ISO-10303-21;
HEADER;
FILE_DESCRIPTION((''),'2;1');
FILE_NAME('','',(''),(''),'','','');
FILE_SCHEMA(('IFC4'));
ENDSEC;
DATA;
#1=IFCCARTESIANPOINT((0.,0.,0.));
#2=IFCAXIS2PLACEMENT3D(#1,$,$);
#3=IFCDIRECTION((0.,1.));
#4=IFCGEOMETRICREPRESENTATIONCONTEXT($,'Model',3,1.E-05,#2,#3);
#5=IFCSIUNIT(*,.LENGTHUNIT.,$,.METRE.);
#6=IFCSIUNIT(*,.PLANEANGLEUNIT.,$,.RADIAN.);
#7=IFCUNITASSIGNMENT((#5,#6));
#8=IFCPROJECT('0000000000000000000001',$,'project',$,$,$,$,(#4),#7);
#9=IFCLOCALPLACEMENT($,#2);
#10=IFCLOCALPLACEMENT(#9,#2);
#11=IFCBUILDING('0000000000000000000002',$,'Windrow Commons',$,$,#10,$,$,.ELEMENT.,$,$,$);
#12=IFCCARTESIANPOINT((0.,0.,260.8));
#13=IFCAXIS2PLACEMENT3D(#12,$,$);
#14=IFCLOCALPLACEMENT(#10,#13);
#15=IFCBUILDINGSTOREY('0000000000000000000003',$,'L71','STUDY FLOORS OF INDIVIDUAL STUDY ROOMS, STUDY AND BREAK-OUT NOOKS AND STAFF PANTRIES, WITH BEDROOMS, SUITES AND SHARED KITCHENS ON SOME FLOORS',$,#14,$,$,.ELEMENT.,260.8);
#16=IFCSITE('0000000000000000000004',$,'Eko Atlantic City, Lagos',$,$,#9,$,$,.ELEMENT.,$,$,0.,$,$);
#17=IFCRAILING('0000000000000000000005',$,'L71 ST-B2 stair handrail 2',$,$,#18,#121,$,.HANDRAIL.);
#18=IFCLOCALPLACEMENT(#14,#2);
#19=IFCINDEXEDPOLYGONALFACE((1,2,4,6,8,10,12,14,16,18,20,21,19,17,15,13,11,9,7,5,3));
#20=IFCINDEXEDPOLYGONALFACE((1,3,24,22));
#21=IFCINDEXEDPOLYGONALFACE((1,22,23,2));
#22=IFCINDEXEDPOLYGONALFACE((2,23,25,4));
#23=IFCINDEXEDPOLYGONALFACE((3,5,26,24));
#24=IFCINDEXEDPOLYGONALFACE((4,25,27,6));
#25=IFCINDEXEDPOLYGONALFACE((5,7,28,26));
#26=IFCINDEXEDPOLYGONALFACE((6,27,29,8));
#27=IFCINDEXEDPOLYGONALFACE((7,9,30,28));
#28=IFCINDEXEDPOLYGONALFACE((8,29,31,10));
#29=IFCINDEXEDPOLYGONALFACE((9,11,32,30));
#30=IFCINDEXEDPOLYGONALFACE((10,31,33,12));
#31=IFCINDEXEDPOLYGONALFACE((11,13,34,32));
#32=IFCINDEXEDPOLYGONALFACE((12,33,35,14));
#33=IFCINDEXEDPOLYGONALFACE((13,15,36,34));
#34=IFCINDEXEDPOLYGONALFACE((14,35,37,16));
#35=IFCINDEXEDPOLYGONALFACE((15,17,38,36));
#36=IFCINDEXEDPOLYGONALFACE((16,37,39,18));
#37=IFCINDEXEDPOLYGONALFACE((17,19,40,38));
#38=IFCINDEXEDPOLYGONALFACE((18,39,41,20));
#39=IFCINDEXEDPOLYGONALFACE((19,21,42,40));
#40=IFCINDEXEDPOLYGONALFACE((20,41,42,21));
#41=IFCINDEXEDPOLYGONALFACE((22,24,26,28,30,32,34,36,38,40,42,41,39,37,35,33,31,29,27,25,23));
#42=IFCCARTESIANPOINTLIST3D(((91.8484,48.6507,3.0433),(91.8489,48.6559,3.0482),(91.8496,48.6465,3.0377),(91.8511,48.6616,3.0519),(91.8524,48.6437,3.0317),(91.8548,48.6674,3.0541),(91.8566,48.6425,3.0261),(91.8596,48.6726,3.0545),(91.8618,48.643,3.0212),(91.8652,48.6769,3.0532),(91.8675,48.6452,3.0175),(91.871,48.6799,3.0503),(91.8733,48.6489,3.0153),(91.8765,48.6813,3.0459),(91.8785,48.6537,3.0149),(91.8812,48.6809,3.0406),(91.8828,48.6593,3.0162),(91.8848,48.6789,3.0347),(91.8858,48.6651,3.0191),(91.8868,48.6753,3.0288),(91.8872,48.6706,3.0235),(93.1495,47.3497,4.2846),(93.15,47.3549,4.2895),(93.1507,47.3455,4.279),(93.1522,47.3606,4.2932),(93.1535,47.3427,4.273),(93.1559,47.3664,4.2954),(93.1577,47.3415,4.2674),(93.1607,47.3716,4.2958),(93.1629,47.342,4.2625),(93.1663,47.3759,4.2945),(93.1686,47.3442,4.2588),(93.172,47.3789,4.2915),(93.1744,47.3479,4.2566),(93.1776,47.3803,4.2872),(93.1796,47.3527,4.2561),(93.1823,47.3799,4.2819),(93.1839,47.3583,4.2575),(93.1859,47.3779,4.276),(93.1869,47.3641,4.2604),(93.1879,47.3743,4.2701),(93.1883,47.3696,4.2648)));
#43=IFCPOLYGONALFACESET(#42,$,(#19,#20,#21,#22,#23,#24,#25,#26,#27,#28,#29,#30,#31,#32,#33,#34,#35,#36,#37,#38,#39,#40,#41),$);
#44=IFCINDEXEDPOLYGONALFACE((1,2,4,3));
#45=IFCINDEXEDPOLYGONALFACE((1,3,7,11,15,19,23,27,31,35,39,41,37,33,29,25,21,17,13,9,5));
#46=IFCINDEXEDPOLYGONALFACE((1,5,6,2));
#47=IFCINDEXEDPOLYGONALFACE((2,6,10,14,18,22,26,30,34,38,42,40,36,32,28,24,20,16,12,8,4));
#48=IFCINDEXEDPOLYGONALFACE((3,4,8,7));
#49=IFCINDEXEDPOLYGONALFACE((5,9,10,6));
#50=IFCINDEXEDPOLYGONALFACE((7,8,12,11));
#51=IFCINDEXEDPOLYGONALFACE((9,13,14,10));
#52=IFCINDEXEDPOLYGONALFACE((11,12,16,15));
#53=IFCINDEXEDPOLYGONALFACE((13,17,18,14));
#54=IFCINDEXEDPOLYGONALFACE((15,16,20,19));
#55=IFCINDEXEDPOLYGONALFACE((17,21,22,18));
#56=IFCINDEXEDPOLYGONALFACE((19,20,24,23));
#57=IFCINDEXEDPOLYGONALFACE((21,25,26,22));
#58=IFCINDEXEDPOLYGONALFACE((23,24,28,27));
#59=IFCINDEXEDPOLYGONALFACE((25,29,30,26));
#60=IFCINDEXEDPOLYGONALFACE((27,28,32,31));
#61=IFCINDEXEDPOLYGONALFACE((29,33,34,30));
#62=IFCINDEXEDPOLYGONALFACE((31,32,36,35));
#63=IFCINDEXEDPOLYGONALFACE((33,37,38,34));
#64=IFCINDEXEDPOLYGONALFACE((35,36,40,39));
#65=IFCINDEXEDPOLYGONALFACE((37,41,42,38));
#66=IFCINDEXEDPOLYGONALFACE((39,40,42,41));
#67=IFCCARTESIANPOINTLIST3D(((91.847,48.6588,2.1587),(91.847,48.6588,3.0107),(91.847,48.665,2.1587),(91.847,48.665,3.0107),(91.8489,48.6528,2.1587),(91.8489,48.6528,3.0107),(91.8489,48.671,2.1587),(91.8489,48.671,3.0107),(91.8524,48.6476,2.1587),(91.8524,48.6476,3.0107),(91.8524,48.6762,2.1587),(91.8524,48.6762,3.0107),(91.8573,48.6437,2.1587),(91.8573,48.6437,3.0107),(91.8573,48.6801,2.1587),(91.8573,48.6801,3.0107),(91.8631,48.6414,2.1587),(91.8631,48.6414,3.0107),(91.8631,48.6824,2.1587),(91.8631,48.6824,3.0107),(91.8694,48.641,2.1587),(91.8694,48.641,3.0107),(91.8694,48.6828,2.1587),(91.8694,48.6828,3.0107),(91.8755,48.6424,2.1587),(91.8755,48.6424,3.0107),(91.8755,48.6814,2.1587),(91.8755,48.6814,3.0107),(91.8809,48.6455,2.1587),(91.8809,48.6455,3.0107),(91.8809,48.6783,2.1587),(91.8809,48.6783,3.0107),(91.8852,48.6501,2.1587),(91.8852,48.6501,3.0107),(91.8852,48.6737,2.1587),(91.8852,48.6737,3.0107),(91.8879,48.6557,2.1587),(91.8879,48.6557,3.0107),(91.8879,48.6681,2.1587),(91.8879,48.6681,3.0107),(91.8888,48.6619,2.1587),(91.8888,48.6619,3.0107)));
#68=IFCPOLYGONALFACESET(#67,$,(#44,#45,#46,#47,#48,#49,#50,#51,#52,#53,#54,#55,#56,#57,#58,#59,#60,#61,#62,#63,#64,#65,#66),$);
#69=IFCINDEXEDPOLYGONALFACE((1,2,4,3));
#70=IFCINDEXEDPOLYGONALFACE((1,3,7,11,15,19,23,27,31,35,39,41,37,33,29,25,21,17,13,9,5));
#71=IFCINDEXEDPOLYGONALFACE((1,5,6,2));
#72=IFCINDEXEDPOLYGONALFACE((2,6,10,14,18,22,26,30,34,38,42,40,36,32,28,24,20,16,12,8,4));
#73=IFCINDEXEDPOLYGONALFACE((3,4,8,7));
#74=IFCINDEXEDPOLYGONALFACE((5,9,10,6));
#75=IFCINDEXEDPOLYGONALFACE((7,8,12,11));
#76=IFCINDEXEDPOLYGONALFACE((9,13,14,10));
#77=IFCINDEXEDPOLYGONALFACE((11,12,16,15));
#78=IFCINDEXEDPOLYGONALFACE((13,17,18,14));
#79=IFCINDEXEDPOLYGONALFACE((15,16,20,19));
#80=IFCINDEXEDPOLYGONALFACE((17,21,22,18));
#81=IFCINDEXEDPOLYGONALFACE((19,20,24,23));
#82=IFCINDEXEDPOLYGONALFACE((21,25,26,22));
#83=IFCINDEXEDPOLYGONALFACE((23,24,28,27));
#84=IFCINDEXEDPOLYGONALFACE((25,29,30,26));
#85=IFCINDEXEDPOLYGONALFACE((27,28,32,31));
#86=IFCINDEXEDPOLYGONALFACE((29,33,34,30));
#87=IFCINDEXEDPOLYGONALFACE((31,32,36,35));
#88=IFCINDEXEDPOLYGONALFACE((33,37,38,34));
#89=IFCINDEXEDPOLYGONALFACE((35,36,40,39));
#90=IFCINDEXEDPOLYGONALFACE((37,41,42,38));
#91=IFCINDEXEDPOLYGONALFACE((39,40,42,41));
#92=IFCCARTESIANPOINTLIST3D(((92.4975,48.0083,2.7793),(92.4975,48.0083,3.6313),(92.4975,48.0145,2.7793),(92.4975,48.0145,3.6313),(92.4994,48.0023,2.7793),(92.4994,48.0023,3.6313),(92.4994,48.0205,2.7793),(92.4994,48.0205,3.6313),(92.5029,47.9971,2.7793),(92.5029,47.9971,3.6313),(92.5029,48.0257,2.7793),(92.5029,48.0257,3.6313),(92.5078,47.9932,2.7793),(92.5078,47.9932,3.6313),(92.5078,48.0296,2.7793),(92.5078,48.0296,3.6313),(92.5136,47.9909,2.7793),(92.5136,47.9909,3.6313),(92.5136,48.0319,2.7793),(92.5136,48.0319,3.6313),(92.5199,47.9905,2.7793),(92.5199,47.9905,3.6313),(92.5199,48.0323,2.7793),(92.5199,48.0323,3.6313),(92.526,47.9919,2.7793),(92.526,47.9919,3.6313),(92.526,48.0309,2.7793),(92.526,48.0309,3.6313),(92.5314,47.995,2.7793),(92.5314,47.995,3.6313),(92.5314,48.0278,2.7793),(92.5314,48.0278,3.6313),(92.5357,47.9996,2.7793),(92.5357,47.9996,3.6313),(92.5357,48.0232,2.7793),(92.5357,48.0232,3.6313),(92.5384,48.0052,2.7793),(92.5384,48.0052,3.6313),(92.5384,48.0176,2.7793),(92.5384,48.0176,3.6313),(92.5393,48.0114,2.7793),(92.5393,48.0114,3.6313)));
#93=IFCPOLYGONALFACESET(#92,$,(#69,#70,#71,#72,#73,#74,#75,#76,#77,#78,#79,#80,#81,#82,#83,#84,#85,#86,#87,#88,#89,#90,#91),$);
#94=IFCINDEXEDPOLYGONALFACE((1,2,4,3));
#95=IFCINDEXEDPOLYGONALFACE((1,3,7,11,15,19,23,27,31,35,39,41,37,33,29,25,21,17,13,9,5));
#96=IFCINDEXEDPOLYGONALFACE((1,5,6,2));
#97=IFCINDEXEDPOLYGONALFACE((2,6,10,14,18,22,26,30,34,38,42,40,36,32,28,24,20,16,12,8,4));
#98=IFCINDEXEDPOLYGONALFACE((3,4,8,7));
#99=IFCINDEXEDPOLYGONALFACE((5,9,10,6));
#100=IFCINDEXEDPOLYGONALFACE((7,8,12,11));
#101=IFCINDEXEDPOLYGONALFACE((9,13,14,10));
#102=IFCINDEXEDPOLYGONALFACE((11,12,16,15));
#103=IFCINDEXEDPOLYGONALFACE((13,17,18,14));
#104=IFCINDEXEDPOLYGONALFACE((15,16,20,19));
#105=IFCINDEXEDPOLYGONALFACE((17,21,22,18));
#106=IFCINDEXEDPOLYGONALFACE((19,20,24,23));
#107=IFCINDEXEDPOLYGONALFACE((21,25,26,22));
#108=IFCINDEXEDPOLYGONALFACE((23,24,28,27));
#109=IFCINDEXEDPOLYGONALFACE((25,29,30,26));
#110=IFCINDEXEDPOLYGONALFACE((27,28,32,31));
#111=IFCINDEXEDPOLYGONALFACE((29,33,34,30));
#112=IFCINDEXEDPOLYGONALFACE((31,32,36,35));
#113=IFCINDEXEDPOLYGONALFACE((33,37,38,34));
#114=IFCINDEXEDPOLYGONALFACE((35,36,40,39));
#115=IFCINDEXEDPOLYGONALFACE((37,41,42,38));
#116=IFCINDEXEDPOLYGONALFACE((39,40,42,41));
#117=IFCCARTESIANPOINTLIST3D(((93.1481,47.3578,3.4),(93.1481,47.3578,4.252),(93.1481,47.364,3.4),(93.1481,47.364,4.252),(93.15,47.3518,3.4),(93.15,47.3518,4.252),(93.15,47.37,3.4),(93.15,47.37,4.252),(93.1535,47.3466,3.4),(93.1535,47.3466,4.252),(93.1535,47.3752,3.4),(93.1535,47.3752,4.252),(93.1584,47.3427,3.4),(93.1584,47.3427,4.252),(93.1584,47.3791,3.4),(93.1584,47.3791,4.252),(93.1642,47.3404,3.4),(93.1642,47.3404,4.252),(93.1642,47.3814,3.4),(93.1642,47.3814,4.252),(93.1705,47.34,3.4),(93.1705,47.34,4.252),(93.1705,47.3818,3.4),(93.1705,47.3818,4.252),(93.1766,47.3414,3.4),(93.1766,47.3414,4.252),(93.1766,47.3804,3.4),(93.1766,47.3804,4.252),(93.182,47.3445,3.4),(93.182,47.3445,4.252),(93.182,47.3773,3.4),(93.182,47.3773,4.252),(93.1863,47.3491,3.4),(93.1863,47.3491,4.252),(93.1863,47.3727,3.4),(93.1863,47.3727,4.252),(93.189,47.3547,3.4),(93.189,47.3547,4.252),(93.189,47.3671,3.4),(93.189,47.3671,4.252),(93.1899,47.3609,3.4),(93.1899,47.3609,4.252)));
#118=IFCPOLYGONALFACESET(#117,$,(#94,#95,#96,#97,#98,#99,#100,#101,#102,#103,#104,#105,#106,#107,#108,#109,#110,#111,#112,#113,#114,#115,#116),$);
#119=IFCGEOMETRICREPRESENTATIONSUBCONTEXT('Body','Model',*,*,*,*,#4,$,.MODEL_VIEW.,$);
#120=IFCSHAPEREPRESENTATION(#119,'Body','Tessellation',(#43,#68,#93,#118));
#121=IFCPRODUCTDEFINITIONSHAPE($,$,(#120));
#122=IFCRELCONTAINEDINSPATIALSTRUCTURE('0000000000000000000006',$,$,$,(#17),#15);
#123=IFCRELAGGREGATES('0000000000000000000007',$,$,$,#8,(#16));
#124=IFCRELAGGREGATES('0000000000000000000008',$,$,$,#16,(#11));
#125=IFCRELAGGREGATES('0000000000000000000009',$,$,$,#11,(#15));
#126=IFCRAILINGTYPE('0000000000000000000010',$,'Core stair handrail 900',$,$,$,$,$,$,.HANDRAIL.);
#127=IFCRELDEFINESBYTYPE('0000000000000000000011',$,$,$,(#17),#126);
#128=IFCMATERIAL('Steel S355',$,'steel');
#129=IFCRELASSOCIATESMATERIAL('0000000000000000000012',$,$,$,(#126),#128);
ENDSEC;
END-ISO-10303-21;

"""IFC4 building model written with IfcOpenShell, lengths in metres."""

from ifc_helpers import new_model, si_unit, direction, frame, origin, origin_2d, place, context, subcontext, project, spatial, circle, extrude, material, type_object, element, save


model = new_model("IFC4")

# Units and contexts
model_context = context("Model", 3, precision=1e-05, world=origin(), true_north=direction((0.0, 1.0)))
body_context = subcontext(model_context, "Body", "Model", "MODEL_VIEW")
ifc_project = project(units=[si_unit("LENGTHUNIT", "METRE"), si_unit("PLANEANGLEUNIT", "RADIAN")], contexts=[model_context])

# Site, building, storey
site_placement = place(None, origin())
site = spatial("IfcSite", under=ifc_project, at=site_placement, Name="Eko Atlantic City, Lagos", CompositionType="ELEMENT", RefElevation=0.0)
building_placement = place(site_placement, origin())
building = spatial("IfcBuilding", under=site, at=building_placement, Name="Windrow Commons", CompositionType="ELEMENT")
storey_placement = place(building_placement, frame((0.0, 0.0, 260.8)))
storey = spatial("IfcBuildingStorey", under=building, at=storey_placement, Name="L71", Description="STUDY FLOORS OF INDIVIDUAL STUDY ROOMS, STUDY AND BREAK-OUT NOOKS AND STAFF PANTRIES, WITH BEDROOMS, SUITES AND SHARED KITCHENS ON SOME FLOORS", CompositionType="ELEMENT", Elevation=260.8)

# Railing
ifc_material_1 = material(Name="Steel S355", Category="steel")
railing_type_1 = type_object("IfcRailingType", Name="Core stair handrail 900", PredefinedType="HANDRAIL", material=ifc_material_1)
railing_1_placement = place(storey_placement, frame((91.8678, 48.6619, 2.1587)))
element("IfcRailing", 1, at=railing_1_placement, inside=storey, type_object=railing_type_1, Name="L71 ST-B2 stair handrail 2", PredefinedType="HANDRAIL", context=body_context, shape_type="SweptSolid", body=[
    extrude(circle(Radius=0.024, at=origin_2d()), frame((0.0, 0.0, 0.876), z_axis=(0.586207, -0.586162, 0.559264), x_axis=(0.70708, 0.707134, 0.0)), (0.0, 0.0, 1.0), 2.2195),
    extrude(circle(Radius=0.021, at=origin_2d()), origin(), (0.0, 0.0, 1.0), 0.852),
    extrude(circle(Radius=0.021, at=origin_2d()), frame((0.6505, -0.6505, 0.6206)), (0.0, 0.0, 1.0), 0.852),
    extrude(circle(Radius=0.021, at=origin_2d()), frame((1.3011, -1.301, 1.2413)), (0.0, 0.0, 1.0), 0.852),
])

save(model, "model.ifc")
